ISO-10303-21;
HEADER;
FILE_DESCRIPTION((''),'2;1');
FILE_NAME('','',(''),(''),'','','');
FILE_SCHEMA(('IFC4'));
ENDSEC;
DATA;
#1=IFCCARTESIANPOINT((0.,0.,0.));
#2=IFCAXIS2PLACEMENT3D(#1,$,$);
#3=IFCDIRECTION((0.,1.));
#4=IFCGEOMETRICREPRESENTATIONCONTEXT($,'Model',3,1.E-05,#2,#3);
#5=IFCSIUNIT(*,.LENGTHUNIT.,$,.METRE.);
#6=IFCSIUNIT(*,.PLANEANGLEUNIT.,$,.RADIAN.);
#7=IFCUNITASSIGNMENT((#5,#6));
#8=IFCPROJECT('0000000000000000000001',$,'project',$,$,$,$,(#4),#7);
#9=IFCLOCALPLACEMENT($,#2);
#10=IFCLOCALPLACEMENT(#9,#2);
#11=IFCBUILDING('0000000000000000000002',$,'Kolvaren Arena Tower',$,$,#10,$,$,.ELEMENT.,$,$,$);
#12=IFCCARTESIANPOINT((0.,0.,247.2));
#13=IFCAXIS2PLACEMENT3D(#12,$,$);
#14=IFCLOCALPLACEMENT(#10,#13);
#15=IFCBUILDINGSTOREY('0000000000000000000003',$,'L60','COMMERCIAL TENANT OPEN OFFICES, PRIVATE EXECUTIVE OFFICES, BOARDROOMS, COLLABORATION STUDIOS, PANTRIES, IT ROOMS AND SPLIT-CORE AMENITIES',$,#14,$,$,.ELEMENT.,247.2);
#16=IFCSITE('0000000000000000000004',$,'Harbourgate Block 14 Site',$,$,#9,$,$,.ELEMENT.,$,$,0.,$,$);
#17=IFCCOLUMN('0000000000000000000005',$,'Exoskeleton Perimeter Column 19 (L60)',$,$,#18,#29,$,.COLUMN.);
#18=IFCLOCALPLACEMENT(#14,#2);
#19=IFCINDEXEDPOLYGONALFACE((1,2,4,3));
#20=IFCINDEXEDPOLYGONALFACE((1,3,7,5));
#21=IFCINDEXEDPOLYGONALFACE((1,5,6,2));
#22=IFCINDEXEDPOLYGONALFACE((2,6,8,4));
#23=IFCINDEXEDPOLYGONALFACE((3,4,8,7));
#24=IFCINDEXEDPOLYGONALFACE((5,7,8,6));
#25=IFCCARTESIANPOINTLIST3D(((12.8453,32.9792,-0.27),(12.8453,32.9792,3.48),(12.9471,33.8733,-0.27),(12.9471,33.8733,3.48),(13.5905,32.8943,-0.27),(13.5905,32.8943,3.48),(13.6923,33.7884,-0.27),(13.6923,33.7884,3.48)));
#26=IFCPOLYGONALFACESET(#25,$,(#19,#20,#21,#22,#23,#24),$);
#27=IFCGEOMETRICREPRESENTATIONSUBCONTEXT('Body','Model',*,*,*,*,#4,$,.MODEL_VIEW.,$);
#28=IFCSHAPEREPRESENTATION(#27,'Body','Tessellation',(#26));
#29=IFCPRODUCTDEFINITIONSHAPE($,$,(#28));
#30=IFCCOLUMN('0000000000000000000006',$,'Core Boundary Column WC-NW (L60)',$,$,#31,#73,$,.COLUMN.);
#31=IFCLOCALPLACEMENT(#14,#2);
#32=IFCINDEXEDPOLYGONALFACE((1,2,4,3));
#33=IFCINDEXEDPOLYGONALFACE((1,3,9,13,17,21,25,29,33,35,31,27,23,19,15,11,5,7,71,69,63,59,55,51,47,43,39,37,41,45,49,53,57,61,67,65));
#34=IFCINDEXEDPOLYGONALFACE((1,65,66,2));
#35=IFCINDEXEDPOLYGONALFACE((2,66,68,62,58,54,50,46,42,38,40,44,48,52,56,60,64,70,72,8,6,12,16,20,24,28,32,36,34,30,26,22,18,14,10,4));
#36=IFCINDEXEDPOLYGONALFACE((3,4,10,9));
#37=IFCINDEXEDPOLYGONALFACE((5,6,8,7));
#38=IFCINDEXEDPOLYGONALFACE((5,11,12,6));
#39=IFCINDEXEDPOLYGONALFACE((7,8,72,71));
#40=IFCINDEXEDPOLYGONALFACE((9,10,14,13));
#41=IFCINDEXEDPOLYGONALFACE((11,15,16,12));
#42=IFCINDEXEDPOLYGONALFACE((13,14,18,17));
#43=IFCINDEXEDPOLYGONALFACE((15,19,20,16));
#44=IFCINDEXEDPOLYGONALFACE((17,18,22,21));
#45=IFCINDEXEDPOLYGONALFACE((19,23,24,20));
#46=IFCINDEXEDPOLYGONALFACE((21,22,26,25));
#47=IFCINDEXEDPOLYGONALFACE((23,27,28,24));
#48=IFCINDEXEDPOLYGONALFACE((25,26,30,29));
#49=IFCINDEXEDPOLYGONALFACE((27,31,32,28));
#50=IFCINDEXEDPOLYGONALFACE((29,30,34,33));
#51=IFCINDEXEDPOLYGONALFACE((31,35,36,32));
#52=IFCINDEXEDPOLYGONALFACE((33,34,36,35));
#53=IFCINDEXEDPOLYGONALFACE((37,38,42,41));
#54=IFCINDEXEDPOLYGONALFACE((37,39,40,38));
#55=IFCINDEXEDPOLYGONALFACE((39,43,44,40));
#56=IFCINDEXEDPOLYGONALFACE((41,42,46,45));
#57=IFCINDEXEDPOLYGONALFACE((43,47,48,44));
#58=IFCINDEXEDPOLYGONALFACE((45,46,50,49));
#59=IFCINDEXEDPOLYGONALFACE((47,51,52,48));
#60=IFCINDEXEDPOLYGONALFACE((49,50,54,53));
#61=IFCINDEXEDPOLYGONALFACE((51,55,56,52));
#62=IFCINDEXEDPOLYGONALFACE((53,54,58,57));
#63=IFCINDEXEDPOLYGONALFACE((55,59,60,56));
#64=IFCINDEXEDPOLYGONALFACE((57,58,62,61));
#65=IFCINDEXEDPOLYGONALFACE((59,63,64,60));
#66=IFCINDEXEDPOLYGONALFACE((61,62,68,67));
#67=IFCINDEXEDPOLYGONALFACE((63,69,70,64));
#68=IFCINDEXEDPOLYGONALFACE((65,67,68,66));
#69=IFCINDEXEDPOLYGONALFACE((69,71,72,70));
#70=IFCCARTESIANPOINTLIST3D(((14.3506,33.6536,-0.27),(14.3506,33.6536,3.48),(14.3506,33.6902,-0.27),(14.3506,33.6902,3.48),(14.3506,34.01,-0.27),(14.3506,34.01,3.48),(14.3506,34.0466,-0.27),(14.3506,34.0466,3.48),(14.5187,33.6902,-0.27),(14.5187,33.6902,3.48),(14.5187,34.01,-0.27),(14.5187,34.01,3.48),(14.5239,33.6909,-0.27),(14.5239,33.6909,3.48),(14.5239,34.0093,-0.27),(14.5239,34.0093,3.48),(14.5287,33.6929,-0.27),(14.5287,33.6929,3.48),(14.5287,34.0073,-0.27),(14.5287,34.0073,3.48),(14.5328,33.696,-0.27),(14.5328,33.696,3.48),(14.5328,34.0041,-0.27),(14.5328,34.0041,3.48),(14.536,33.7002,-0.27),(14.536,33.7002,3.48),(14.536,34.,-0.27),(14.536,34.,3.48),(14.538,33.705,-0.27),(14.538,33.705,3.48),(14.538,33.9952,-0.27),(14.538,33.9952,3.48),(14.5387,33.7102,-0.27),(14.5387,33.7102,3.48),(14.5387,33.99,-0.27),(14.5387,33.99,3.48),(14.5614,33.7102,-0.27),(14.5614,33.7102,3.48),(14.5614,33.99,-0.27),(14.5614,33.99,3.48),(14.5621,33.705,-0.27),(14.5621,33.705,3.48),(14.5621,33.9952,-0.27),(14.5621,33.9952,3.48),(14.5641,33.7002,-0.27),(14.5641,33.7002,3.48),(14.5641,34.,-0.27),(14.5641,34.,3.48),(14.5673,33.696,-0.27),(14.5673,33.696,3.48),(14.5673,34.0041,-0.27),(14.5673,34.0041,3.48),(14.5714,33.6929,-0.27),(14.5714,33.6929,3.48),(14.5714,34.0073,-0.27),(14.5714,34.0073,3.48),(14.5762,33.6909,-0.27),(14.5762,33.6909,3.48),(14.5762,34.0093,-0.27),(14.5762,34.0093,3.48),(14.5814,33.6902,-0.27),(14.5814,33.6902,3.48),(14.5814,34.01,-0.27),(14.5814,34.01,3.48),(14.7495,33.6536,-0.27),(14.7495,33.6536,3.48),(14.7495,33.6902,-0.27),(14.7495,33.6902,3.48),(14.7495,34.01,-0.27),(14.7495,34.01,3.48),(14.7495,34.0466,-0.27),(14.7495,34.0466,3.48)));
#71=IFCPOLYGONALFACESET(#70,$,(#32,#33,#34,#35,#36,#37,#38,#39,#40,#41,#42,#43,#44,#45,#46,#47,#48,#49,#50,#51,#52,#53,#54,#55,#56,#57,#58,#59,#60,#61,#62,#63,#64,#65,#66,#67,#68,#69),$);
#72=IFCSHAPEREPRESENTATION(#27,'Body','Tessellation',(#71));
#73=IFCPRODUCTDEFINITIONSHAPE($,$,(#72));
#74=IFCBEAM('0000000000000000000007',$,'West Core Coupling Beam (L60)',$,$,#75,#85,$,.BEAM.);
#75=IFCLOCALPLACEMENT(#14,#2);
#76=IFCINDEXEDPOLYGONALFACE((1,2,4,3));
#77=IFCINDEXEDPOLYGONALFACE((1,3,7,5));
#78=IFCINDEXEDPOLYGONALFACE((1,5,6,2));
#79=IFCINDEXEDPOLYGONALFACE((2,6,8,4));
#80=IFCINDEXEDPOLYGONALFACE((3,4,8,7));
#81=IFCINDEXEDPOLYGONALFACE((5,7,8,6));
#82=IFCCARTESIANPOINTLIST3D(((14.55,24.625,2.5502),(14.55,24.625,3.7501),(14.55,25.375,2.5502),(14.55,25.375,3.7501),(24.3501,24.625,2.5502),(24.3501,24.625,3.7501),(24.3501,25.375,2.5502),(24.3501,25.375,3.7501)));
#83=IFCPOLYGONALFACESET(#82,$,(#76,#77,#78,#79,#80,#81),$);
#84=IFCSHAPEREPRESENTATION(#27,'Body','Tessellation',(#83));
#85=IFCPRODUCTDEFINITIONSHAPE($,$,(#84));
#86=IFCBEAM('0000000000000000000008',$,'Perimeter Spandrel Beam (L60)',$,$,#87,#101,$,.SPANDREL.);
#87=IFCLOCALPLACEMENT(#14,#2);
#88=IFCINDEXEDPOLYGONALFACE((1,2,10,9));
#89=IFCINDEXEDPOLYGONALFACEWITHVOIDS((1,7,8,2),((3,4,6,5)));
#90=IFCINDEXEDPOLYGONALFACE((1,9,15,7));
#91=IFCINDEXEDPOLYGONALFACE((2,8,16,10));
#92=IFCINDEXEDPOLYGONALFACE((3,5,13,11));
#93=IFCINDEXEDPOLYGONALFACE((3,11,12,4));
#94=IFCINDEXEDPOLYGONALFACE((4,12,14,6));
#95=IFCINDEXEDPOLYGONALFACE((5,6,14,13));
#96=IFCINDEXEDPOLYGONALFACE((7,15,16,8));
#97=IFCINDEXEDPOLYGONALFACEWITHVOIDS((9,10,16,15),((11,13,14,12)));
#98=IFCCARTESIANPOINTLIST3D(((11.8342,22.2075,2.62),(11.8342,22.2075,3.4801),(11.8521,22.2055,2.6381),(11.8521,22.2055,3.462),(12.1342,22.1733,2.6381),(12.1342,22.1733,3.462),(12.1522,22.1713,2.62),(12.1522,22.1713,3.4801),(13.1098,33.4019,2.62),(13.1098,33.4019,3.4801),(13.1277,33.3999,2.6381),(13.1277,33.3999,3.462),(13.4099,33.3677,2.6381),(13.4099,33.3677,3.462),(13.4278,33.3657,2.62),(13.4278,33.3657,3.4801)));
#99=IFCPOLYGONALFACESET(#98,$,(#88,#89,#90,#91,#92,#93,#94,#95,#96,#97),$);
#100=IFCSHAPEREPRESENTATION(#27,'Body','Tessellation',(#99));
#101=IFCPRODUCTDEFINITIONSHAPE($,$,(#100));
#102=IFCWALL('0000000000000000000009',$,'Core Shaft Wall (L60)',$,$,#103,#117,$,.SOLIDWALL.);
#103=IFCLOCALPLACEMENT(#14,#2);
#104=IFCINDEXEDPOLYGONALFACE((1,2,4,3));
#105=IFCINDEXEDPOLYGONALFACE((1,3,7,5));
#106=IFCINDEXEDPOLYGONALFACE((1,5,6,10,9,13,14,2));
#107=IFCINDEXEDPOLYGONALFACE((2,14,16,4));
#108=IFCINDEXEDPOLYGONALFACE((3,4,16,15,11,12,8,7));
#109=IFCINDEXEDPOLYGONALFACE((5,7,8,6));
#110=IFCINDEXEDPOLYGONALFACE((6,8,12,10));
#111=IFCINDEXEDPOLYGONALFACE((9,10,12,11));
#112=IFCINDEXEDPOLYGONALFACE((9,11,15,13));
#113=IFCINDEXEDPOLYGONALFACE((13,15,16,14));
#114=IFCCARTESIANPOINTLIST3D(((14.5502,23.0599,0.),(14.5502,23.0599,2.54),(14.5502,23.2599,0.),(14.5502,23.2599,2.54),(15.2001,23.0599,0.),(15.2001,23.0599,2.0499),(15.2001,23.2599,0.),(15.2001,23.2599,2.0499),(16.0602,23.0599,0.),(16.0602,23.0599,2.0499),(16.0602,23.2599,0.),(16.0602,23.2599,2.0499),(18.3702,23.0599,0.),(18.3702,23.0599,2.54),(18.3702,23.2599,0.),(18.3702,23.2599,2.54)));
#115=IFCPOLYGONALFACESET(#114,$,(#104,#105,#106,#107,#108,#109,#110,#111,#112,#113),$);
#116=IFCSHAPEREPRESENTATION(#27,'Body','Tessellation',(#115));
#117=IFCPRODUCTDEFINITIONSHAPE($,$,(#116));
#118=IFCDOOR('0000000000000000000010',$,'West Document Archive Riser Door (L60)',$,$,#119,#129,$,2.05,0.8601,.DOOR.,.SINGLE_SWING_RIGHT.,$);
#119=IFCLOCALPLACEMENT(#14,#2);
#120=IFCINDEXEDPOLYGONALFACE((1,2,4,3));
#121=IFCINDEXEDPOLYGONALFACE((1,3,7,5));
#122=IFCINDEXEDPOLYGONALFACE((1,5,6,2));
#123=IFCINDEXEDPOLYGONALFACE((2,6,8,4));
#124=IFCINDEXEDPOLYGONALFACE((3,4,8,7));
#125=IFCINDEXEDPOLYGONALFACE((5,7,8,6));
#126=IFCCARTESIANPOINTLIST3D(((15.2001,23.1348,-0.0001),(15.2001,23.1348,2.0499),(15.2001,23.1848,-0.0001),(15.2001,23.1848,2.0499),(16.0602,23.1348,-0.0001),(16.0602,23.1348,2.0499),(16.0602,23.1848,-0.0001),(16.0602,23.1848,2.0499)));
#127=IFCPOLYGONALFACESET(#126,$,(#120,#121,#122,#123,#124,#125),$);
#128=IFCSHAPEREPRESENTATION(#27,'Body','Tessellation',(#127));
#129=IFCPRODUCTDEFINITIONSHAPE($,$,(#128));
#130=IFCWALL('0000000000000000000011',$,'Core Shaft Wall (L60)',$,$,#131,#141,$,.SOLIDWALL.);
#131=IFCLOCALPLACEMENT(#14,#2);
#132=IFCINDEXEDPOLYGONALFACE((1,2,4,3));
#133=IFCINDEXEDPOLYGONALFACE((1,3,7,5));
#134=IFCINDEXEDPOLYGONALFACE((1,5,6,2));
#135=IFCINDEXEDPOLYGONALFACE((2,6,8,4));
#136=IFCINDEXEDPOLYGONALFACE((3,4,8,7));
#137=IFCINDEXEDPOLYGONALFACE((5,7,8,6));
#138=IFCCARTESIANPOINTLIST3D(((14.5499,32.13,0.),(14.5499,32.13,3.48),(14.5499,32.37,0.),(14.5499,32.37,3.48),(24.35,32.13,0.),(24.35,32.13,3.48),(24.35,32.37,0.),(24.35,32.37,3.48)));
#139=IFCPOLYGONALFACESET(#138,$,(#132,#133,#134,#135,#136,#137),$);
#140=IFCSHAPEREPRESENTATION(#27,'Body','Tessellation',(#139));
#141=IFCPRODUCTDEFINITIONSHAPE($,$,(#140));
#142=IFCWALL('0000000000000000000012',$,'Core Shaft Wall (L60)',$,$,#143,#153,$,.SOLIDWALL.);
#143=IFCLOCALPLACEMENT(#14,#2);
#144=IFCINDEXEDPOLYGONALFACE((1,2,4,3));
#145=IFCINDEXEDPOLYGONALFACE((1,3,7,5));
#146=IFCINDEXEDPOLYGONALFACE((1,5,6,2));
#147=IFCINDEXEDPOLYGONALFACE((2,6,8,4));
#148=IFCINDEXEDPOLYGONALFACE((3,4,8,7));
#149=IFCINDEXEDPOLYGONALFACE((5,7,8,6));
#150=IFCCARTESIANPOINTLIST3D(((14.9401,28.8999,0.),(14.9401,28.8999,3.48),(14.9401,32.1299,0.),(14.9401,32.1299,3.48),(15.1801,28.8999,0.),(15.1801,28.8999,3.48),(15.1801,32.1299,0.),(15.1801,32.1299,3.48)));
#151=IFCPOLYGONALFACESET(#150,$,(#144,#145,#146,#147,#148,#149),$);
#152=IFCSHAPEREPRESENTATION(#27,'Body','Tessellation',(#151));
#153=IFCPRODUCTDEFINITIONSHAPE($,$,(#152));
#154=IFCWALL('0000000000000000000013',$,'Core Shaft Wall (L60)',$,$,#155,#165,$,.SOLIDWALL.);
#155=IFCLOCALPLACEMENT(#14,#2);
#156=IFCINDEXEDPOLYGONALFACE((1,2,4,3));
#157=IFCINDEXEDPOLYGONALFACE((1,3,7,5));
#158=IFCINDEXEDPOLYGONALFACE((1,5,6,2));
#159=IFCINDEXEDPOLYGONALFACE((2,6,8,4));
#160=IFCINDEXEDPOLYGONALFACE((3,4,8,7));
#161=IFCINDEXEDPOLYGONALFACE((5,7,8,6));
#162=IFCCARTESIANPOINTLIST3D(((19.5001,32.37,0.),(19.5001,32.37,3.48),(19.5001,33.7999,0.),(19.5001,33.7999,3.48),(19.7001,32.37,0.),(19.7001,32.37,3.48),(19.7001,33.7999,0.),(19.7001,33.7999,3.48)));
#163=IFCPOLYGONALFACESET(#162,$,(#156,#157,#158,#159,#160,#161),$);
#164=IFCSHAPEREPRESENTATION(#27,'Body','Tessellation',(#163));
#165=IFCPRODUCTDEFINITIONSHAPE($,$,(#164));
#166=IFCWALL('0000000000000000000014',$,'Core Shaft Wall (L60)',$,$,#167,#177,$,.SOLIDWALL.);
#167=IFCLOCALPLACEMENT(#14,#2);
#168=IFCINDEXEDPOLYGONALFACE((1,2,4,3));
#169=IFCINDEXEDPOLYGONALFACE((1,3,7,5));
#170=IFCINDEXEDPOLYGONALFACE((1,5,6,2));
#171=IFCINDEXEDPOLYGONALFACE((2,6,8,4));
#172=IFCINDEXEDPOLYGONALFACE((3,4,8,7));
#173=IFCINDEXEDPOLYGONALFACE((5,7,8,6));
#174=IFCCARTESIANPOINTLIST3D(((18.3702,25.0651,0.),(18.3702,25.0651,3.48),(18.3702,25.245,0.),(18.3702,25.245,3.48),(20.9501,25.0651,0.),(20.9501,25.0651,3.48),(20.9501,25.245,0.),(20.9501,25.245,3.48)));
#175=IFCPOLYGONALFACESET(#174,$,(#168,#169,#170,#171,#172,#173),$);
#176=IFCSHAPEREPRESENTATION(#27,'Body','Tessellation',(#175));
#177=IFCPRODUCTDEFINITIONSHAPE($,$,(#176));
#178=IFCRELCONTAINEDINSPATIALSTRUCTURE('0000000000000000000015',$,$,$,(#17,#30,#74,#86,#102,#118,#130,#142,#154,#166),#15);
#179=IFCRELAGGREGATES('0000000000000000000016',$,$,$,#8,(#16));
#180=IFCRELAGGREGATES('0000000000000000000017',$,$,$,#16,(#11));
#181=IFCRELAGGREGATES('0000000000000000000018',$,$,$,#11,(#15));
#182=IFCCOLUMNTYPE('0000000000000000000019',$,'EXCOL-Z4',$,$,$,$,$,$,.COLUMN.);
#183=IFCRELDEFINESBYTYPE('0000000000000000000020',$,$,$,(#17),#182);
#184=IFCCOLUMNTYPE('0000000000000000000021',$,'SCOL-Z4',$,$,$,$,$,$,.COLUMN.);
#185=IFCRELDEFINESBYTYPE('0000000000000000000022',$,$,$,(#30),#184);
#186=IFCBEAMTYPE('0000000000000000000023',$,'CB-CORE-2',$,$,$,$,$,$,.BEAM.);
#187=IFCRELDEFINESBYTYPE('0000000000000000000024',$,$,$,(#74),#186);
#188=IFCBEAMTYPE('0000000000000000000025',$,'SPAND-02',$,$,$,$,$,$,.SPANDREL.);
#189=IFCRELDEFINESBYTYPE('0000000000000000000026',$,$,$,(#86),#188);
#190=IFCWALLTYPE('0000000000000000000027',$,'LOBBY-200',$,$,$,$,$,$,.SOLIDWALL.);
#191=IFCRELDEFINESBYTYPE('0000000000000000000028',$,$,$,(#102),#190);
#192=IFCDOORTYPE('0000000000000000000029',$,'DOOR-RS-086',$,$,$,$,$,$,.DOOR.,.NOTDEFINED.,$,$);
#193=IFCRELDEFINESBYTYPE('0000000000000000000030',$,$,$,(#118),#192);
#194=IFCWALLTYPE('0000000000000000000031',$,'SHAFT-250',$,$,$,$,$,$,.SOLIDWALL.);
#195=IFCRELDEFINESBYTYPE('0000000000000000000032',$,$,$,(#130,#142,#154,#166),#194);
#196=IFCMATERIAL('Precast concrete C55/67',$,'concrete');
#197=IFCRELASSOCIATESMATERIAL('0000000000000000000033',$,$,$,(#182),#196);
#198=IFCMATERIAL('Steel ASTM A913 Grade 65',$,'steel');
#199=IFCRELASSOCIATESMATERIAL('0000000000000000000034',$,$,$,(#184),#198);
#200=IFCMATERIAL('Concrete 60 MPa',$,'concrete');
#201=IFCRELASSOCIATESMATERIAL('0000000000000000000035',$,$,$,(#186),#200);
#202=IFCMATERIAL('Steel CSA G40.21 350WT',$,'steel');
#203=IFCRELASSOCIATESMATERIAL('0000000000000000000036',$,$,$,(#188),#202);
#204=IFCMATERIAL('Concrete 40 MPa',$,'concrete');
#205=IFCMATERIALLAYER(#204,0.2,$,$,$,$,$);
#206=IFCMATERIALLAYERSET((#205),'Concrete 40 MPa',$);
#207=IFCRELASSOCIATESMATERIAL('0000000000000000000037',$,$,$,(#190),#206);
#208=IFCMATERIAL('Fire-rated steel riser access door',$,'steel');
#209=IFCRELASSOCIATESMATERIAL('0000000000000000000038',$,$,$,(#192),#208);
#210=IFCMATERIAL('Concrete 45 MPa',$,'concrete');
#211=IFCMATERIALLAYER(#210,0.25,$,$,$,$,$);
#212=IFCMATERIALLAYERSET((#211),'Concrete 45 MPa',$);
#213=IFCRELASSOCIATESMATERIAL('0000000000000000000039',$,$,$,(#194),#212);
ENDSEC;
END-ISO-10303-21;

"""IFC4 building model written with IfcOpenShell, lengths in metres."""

from ifc_helpers import new_model, si_unit, direction, frame, frame_2d, origin, origin_2d, place, context, subcontext, project, spatial, rectangle, hollow_rectangle, i_section, extrude, material, layer, layer_set, material_profile, profile_set, type_object, element, fill, save


model = new_model("IFC4")

# Units and contexts
model_context = context("Model", 3, precision=1e-05, world=origin(), true_north=direction((0.0, 1.0)))
body_context = subcontext(model_context, "Body", "Model", "MODEL_VIEW")
ifc_project = project(units=[si_unit("LENGTHUNIT", "METRE"), si_unit("PLANEANGLEUNIT", "RADIAN")], contexts=[model_context])

# Site, building, storey
site_placement = place(None, origin())
site = spatial("IfcSite", under=ifc_project, at=site_placement, Name="Harbourgate Block 14 Site", CompositionType="ELEMENT", RefElevation=0.0)
building_placement = place(site_placement, origin())
building = spatial("IfcBuilding", under=site, at=building_placement, Name="Kolvaren Arena Tower", CompositionType="ELEMENT")
storey_placement = place(building_placement, frame((0.0, 0.0, 247.2)))
storey = spatial("IfcBuildingStorey", under=building, at=storey_placement, Name="L60", Description="COMMERCIAL TENANT OPEN OFFICES, PRIVATE EXECUTIVE OFFICES, BOARDROOMS, COLLABORATION STUDIOS, PANTRIES, IT ROOMS AND SPLIT-CORE AMENITIES", CompositionType="ELEMENT", Elevation=247.2)

# Columns
ifc_material_1 = material(Name="Precast concrete C55/67", Category="concrete")
ifc_material_profile_1 = material_profile(ifc_material_1, rectangle(XDim=0.8999, YDim=0.75, at=origin_2d()), Name="RC-900x750")
ifc_profile_set_1 = profile_set([ifc_material_profile_1], Name="Precast concrete C55/67")
column_type_1 = type_object("IfcColumnType", Name="EXCOL-Z4", PredefinedType="COLUMN", material=ifc_profile_set_1)
column_1_placement = place(storey_placement, frame((13.2688, 33.3838, -0.27), z_axis=(0.0, 0.0, 1.0), x_axis=(0.113203, 0.993572, 0.0)))
element("IfcColumn", 1, at=column_1_placement, inside=storey, type_object=column_type_1, Name="Exoskeleton Perimeter Column 19 (L60)", PredefinedType="COLUMN", context=body_context, shape_type="SweptSolid", body=[
    extrude(rectangle(XDim=0.8999, YDim=0.75, at=origin_2d()), origin(), (0.0, 0.0, 1.0), 3.75),
])
ifc_material_2 = material(Name="Steel ASTM A913 Grade 65", Category="steel")
ifc_material_profile_2 = material_profile(ifc_material_2, i_section(OverallWidth=0.3989, OverallDepth=0.3931, WebThickness=0.0227, FlangeThickness=0.0366, FilletRadius=0.02, at=origin_2d()), Name="W360x287")
ifc_profile_set_2 = profile_set([ifc_material_profile_2], Name="Steel ASTM A913 Grade 65")
column_type_2 = type_object("IfcColumnType", Name="SCOL-Z4", PredefinedType="COLUMN", material=ifc_profile_set_2)
column_2_placement = place(storey_placement, frame((14.55, 33.8501, -0.27), z_axis=(0.0, 0.0, 1.0), x_axis=(1.0, 0.0, 0.0)))
element("IfcColumn", 2, at=column_2_placement, inside=storey, type_object=column_type_2, Name="Core Boundary Column WC-NW (L60)", PredefinedType="COLUMN", context=body_context, shape_type="SweptSolid", body=[
    extrude(i_section(OverallWidth=0.3989, OverallDepth=0.3931, WebThickness=0.0227, FlangeThickness=0.0366, FilletRadius=0.02, at=origin_2d()), origin(), (0.0, 0.0, 1.0), 3.75),
])

# Beams
ifc_material_3 = material(Name="Concrete 60 MPa", Category="concrete")
ifc_material_profile_3 = material_profile(ifc_material_3, rectangle(XDim=0.75, YDim=1.2, at=origin_2d()), Name="RC-750x1200")
ifc_profile_set_3 = profile_set([ifc_material_profile_3], Name="Concrete 60 MPa")
beam_type_1 = type_object("IfcBeamType", Name="CB-CORE-2", PredefinedType="BEAM", material=ifc_profile_set_3)
beam_1_placement = place(storey_placement, frame((14.55, 25.0, 3.1501), z_axis=(1.0, 0.0, 0.0), x_axis=(0.0, 1.0, 0.0)))
element("IfcBeam", 3, at=beam_1_placement, inside=storey, type_object=beam_type_1, Name="West Core Coupling Beam (L60)", PredefinedType="BEAM", context=body_context, shape_type="SweptSolid", body=[
    extrude(rectangle(XDim=0.75, YDim=1.2, at=origin_2d()), origin(), (0.0, 0.0, 1.0), 9.8),
])
ifc_material_4 = material(Name="Steel CSA G40.21 350WT", Category="steel")
ifc_material_profile_4 = material_profile(ifc_material_4, hollow_rectangle(XDim=0.3201, YDim=0.8601, WallThickness=0.0181, at=origin_2d()), Name="HSS 860x320x18")
ifc_profile_set_4 = profile_set([ifc_material_profile_4], Name="Steel CSA G40.21 350WT")
beam_type_2 = type_object("IfcBeamType", Name="SPAND-02", PredefinedType="SPANDREL", material=ifc_profile_set_4)
beam_2_placement = place(storey_placement, frame((13.2688, 33.3838, 3.05), z_axis=(-0.113221, -0.99357, 0.0), x_axis=(0.99357, -0.113221, 0.0)))
element("IfcBeam", 4, at=beam_2_placement, inside=storey, type_object=beam_type_2, Name="Perimeter Spandrel Beam (L60)", PredefinedType="SPANDREL", context=body_context, shape_type="SweptSolid", body=[
    extrude(hollow_rectangle(XDim=0.3201, YDim=0.8601, WallThickness=0.0181, at=origin_2d()), origin(), (0.0, 0.0, 1.0), 11.2668),
])

# Wall, opening, door
ifc_material_5 = material(Name="Concrete 40 MPa", Category="concrete")
ifc_layer_1 = layer(ifc_material_5, 0.2)
ifc_layer_set_1 = layer_set([ifc_layer_1], Name="Concrete 40 MPa")
wall_type_1 = type_object("IfcWallType", Name="LOBBY-200", PredefinedType="SOLIDWALL", material=ifc_layer_set_1)
wall_1_placement = place(storey_placement, frame((14.55, 23.1599, 0.0), z_axis=(0.0, 0.0, 1.0), x_axis=(1.0, 0.0, 0.0)))
wall_1 = element("IfcWall", 5, at=wall_1_placement, inside=storey, type_object=wall_type_1, Name="Core Shaft Wall (L60)", PredefinedType="SOLIDWALL", context=body_context, shape_type="SweptSolid", body=[
    extrude(rectangle(XDim=3.8201, YDim=0.2, at=frame_2d((1.9102, 0.0))), origin(), (0.0, 0.0, 1.0), 2.54),
])
opening_1_placement = place(wall_1_placement, frame((0.6499, 0.0, 0.0)))
opening_1 = element("IfcOpeningElement", 6, at=opening_1_placement, cuts=wall_1, PredefinedType="OPENING", context=body_context, shape_type="SweptSolid", body=[
    extrude(rectangle(XDim=0.8601, YDim=2.05, at=frame_2d((0.4302, 1.0249))), frame((0.0, 0.1099, 0.0), z_axis=(0.0, -1.0, 0.0), x_axis=(1.0, 0.0, 0.0)), (0.0, 0.0, 1.0), 0.22),
])
ifc_material_6 = material(Name="Fire-rated steel riser access door", Category="steel")
door_type_1 = type_object("IfcDoorType", Name="DOOR-RS-086", OperationType="NOTDEFINED", PredefinedType="DOOR", material=ifc_material_6)
door_1_placement = place(opening_1_placement, origin())
door_1 = element("IfcDoor", 7, at=door_1_placement, inside=storey, type_object=door_type_1, Name="West Document Archive Riser Door (L60)", OperationType="SINGLE_SWING_RIGHT", OverallHeight=2.05, OverallWidth=0.8601, PredefinedType="DOOR", context=body_context, shape_type="SweptSolid", body=[
    extrude(rectangle(XDim=0.8601, YDim=2.05, at=frame_2d((0.4302, 1.0249))), frame((0.0, 0.0249, 0.0), z_axis=(0.0, -1.0, 0.0), x_axis=(1.0, 0.0, 0.0)), (0.0, 0.0, 1.0), 0.05),
])
fill(opening_1, door_1)

# Walls
ifc_material_7 = material(Name="Concrete 45 MPa", Category="concrete")
ifc_layer_2 = layer(ifc_material_7, 0.25)
ifc_layer_set_2 = layer_set([ifc_layer_2], Name="Concrete 45 MPa")
wall_type_2 = type_object("IfcWallType", Name="SHAFT-250", PredefinedType="SOLIDWALL", material=ifc_layer_set_2)
wall_2_placement = place(storey_placement, frame((14.55, 32.25, 0.0), z_axis=(0.0, 0.0, 1.0), x_axis=(1.0, 0.0, 0.0)))
element("IfcWall", 8, at=wall_2_placement, inside=storey, type_object=wall_type_2, Name="Core Shaft Wall (L60)", PredefinedType="SOLIDWALL", context=body_context, shape_type="SweptSolid", body=[
    extrude(rectangle(XDim=9.8, YDim=0.24, at=frame_2d((4.8999, 0.0))), origin(), (0.0, 0.0, 1.0), 3.48),
])
wall_3_placement = place(storey_placement, frame((15.0601, 28.8999, 0.0), z_axis=(0.0, 0.0, 1.0), x_axis=(0.0, 1.0, 0.0)))
element("IfcWall", 9, at=wall_3_placement, inside=storey, type_object=wall_type_2, Name="Core Shaft Wall (L60)", PredefinedType="SOLIDWALL", context=body_context, shape_type="SweptSolid", body=[
    extrude(rectangle(XDim=3.23, YDim=0.24, at=frame_2d((1.615, 0.0))), origin(), (0.0, 0.0, 1.0), 3.48),
])
wall_4_placement = place(storey_placement, frame((19.6001, 32.3701, 0.0), z_axis=(0.0, 0.0, 1.0), x_axis=(0.0, 1.0, 0.0)))
element("IfcWall", 10, at=wall_4_placement, inside=storey, type_object=wall_type_2, Name="Core Shaft Wall (L60)", PredefinedType="SOLIDWALL", context=body_context, shape_type="SweptSolid", body=[
    extrude(rectangle(XDim=1.4299, YDim=0.2, at=frame_2d((0.7148, 0.0))), origin(), (0.0, 0.0, 1.0), 3.48),
])
for number, where, z_axis, x_axis, name in (
    (11, (18.3701, 25.155, 0.0), (0.0, 0.0, 1.0), (1.0, 0.0, 0.0), "Core Shaft Wall (L60)"),
):
    element("IfcWall", number, at=place(storey_placement, frame(where, z_axis=z_axis, x_axis=x_axis)), inside=storey, type_object=wall_type_2, Name=name, PredefinedType="SOLIDWALL", context=body_context, shape_type="SweptSolid", body=[
        extrude(rectangle(XDim=2.5798, YDim=0.1799, at=frame_2d((1.29, 0.0))), origin(), (0.0, 0.0, 1.0), 3.48),
    ])

save(model, "model.ifc")
